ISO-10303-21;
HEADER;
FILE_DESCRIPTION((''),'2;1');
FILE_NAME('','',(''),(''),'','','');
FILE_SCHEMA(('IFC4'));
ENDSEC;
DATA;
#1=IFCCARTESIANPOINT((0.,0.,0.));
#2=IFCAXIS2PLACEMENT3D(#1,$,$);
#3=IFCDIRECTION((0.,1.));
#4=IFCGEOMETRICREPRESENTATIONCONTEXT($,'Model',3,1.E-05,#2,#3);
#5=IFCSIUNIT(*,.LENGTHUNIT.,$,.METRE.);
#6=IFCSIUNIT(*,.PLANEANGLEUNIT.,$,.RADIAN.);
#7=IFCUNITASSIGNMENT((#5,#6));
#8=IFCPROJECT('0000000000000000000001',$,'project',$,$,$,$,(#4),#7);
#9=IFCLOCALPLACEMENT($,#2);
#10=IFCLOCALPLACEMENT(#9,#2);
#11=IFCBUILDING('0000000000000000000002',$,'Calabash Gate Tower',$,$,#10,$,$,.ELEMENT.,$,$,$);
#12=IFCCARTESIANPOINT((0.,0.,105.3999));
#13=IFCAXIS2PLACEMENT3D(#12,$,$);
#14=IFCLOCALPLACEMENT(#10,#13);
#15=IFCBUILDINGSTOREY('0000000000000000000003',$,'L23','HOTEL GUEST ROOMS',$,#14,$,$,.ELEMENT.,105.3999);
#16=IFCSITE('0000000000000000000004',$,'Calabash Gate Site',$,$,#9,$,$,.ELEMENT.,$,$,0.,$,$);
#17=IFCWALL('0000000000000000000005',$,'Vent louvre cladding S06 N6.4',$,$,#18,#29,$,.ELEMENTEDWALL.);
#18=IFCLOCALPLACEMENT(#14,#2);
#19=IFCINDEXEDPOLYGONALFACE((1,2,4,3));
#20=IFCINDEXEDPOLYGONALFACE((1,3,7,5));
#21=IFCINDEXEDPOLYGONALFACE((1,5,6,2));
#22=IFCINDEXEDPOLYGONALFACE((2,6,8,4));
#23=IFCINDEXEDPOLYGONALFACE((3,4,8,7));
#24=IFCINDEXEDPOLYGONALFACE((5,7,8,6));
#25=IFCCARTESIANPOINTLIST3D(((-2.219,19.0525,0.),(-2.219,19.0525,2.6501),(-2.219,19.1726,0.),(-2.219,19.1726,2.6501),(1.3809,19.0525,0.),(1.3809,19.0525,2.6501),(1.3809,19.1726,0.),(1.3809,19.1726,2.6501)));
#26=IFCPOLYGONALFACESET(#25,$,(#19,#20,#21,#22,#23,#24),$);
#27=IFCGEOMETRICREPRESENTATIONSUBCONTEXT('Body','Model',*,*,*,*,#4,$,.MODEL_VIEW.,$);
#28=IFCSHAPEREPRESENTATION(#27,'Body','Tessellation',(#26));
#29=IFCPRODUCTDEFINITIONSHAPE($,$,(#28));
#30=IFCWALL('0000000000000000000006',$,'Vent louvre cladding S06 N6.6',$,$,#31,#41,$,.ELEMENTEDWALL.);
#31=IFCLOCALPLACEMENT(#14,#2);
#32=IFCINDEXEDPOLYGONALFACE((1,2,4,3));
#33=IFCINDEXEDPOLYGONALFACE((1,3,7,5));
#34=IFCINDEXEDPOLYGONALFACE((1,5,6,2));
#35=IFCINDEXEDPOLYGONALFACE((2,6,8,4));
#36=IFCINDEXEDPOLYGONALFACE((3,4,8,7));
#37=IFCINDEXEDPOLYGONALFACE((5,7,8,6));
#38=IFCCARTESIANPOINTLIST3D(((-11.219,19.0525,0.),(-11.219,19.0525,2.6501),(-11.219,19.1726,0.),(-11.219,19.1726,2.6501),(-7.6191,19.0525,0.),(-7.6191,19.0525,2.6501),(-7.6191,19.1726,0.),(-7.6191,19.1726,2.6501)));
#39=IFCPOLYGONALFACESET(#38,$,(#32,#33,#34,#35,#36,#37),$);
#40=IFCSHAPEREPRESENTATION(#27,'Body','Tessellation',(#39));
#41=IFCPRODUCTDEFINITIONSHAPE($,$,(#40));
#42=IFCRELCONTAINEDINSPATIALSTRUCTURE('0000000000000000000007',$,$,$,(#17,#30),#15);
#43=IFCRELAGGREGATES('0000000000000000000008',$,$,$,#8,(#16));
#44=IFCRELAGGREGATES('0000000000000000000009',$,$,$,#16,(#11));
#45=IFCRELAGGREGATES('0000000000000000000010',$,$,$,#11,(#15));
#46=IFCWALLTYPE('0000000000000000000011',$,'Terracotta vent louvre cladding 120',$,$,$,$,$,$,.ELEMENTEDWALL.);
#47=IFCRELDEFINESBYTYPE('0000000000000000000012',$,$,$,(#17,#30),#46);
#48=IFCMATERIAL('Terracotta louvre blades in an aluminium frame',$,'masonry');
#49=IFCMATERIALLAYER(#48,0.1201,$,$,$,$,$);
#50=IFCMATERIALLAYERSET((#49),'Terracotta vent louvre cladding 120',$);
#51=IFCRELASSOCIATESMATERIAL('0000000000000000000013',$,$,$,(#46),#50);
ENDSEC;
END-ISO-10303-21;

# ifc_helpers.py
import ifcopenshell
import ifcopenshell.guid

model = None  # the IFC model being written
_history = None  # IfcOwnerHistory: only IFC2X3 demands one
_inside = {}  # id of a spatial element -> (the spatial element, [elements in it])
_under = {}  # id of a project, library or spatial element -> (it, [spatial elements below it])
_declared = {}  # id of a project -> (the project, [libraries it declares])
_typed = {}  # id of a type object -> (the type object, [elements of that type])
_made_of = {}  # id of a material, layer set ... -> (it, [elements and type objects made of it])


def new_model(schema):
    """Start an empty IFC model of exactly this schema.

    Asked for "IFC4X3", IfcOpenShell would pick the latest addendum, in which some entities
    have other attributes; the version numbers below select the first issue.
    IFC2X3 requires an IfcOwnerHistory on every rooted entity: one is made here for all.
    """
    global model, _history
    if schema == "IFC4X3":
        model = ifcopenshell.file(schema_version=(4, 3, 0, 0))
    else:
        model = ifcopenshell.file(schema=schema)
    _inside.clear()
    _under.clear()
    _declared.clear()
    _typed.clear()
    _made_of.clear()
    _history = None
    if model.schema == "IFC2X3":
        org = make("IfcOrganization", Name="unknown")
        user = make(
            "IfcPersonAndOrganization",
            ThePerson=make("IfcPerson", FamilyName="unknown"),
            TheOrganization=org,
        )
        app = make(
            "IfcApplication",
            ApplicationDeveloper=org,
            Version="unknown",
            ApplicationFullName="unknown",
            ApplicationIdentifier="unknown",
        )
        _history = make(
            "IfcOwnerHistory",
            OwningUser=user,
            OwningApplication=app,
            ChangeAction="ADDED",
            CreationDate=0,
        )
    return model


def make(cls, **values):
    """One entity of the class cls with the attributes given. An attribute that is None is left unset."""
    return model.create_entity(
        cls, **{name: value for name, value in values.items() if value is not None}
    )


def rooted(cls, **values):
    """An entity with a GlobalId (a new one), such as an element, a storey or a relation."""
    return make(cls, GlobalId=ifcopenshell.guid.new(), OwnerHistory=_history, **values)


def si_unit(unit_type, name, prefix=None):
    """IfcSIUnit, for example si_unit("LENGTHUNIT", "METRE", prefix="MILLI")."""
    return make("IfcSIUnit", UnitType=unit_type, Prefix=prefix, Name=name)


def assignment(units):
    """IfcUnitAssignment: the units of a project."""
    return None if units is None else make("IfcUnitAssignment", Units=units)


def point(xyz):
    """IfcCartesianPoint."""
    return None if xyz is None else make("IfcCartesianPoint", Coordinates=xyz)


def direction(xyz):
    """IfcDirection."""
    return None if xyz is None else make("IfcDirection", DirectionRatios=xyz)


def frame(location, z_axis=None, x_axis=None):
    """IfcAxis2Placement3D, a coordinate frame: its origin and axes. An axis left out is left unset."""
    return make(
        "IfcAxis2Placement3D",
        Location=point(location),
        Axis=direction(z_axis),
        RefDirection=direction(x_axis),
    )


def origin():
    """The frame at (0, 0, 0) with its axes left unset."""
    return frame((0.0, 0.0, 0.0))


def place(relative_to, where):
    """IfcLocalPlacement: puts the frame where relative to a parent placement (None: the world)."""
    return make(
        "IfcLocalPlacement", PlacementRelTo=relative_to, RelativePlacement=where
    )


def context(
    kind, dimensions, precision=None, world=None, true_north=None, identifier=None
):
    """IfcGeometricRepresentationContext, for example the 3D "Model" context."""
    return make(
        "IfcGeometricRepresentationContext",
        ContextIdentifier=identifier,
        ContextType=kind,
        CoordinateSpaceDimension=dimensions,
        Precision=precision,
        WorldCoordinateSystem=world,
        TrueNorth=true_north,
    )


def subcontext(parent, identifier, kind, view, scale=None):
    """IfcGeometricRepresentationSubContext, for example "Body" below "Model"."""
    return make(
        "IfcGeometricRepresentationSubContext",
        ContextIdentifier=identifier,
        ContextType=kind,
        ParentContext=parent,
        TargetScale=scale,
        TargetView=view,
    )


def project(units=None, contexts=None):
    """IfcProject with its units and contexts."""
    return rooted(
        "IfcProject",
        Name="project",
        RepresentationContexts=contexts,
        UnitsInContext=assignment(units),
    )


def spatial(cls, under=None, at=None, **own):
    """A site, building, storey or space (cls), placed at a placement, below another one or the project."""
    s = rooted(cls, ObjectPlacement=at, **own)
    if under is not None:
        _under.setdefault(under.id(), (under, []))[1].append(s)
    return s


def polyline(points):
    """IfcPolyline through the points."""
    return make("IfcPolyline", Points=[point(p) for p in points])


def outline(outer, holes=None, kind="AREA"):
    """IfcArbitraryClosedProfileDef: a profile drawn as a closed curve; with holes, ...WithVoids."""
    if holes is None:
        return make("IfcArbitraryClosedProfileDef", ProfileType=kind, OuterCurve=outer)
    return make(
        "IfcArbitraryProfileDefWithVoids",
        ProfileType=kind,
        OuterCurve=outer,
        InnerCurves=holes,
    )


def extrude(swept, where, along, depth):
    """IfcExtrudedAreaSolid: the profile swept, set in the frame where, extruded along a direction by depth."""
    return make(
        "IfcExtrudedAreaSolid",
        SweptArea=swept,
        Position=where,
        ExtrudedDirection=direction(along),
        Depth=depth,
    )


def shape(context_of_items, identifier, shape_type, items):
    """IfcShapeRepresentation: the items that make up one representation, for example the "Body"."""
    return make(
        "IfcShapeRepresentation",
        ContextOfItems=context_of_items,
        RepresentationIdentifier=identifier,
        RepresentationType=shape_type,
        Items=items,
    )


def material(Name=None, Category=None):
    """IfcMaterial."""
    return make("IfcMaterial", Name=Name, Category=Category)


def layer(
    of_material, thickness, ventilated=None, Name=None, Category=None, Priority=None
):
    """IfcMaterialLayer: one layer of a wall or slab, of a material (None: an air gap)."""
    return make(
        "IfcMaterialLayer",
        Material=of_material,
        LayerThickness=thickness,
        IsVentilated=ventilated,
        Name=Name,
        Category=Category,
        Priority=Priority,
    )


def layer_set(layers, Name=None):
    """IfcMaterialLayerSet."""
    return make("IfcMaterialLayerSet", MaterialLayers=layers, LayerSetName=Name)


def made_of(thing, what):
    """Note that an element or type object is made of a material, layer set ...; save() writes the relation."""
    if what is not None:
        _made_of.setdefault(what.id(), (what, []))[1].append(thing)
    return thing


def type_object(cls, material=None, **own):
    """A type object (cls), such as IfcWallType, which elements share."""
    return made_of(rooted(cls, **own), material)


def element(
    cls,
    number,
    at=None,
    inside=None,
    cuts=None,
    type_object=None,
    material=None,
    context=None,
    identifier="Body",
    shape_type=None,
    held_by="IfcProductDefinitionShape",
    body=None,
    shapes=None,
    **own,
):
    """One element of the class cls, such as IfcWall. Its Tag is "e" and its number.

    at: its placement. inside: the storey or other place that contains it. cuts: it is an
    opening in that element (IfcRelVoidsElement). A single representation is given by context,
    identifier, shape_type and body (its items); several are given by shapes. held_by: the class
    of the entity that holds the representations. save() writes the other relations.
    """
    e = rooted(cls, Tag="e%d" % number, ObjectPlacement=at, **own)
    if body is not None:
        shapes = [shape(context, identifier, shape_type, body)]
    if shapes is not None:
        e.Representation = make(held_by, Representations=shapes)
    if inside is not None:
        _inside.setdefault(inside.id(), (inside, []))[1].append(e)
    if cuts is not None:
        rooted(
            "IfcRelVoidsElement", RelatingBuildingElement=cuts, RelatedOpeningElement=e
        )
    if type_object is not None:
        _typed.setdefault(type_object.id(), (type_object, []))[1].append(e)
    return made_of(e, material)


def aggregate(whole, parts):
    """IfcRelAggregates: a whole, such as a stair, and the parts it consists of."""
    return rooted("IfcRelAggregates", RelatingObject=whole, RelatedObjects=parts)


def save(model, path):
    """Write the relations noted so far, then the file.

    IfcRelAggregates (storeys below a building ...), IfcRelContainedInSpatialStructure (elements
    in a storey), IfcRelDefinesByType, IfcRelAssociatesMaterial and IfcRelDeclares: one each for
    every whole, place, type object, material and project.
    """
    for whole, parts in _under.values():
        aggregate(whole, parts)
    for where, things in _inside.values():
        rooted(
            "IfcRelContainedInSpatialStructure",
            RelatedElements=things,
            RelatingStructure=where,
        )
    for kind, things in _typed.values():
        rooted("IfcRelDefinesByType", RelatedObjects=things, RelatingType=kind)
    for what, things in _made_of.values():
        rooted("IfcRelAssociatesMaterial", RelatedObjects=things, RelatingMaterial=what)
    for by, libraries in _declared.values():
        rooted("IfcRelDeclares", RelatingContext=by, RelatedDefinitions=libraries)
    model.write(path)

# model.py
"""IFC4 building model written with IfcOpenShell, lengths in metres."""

from ifc_helpers import new_model, si_unit, direction, frame, origin, place, context, subcontext, project, spatial, polyline, outline, extrude, material, layer, layer_set, type_object, element, save


model = new_model("IFC4")

# Units and contexts
model_context = context("Model", 3, precision=1e-05, world=origin(), true_north=direction((0.0, 1.0)))
body_context = subcontext(model_context, "Body", "Model", "MODEL_VIEW")
ifc_project = project(units=[si_unit("LENGTHUNIT", "METRE"), si_unit("PLANEANGLEUNIT", "RADIAN")], contexts=[model_context])

# Site, building, storey
site_placement = place(None, origin())
site = spatial("IfcSite", under=ifc_project, at=site_placement, Name="Calabash Gate Site", CompositionType="ELEMENT", RefElevation=0.0)
building_placement = place(site_placement, origin())
building = spatial("IfcBuilding", under=site, at=building_placement, Name="Calabash Gate Tower", CompositionType="ELEMENT")
storey_placement = place(building_placement, frame((0.0, 0.0, 105.3999)))
storey = spatial("IfcBuildingStorey", under=building, at=storey_placement, Name="L23", Description="HOTEL GUEST ROOMS", CompositionType="ELEMENT", Elevation=105.3999)

# Walls
ifc_material_1 = material(Name="Terracotta louvre blades in an aluminium frame", Category="masonry")
ifc_layer_1 = layer(ifc_material_1, 0.1201)
ifc_layer_set_1 = layer_set([ifc_layer_1], Name="Terracotta vent louvre cladding 120")
wall_type_1 = type_object("IfcWallType", Name="Terracotta vent louvre cladding 120", PredefinedType="ELEMENTEDWALL", material=ifc_layer_set_1)
wall_1_placement = place(storey_placement, origin())
element("IfcWall", 1, at=wall_1_placement, inside=storey, type_object=wall_type_1, Name="Vent louvre cladding S06 N6.4", PredefinedType="ELEMENTEDWALL", context=body_context, shape_type="SweptSolid", body=[
    extrude(outline(polyline([(-2.219, 19.1726), (-2.219, 19.0525), (1.3809, 19.0525), (1.3809, 19.1726), (-2.219, 19.1726)])), origin(), (0.0, 0.0, 1.0), 2.6501),
])
wall_2_placement = place(storey_placement, origin())
element("IfcWall", 2, at=wall_2_placement, inside=storey, type_object=wall_type_1, Name="Vent louvre cladding S06 N6.6", PredefinedType="ELEMENTEDWALL", context=body_context, shape_type="SweptSolid", body=[
    extrude(outline(polyline([(-11.219, 19.1726), (-11.219, 19.0525), (-7.6191, 19.0525), (-7.6191, 19.1726), (-11.219, 19.1726)])), origin(), (0.0, 0.0, 1.0), 2.6501),
])

save(model, "model.ifc")
